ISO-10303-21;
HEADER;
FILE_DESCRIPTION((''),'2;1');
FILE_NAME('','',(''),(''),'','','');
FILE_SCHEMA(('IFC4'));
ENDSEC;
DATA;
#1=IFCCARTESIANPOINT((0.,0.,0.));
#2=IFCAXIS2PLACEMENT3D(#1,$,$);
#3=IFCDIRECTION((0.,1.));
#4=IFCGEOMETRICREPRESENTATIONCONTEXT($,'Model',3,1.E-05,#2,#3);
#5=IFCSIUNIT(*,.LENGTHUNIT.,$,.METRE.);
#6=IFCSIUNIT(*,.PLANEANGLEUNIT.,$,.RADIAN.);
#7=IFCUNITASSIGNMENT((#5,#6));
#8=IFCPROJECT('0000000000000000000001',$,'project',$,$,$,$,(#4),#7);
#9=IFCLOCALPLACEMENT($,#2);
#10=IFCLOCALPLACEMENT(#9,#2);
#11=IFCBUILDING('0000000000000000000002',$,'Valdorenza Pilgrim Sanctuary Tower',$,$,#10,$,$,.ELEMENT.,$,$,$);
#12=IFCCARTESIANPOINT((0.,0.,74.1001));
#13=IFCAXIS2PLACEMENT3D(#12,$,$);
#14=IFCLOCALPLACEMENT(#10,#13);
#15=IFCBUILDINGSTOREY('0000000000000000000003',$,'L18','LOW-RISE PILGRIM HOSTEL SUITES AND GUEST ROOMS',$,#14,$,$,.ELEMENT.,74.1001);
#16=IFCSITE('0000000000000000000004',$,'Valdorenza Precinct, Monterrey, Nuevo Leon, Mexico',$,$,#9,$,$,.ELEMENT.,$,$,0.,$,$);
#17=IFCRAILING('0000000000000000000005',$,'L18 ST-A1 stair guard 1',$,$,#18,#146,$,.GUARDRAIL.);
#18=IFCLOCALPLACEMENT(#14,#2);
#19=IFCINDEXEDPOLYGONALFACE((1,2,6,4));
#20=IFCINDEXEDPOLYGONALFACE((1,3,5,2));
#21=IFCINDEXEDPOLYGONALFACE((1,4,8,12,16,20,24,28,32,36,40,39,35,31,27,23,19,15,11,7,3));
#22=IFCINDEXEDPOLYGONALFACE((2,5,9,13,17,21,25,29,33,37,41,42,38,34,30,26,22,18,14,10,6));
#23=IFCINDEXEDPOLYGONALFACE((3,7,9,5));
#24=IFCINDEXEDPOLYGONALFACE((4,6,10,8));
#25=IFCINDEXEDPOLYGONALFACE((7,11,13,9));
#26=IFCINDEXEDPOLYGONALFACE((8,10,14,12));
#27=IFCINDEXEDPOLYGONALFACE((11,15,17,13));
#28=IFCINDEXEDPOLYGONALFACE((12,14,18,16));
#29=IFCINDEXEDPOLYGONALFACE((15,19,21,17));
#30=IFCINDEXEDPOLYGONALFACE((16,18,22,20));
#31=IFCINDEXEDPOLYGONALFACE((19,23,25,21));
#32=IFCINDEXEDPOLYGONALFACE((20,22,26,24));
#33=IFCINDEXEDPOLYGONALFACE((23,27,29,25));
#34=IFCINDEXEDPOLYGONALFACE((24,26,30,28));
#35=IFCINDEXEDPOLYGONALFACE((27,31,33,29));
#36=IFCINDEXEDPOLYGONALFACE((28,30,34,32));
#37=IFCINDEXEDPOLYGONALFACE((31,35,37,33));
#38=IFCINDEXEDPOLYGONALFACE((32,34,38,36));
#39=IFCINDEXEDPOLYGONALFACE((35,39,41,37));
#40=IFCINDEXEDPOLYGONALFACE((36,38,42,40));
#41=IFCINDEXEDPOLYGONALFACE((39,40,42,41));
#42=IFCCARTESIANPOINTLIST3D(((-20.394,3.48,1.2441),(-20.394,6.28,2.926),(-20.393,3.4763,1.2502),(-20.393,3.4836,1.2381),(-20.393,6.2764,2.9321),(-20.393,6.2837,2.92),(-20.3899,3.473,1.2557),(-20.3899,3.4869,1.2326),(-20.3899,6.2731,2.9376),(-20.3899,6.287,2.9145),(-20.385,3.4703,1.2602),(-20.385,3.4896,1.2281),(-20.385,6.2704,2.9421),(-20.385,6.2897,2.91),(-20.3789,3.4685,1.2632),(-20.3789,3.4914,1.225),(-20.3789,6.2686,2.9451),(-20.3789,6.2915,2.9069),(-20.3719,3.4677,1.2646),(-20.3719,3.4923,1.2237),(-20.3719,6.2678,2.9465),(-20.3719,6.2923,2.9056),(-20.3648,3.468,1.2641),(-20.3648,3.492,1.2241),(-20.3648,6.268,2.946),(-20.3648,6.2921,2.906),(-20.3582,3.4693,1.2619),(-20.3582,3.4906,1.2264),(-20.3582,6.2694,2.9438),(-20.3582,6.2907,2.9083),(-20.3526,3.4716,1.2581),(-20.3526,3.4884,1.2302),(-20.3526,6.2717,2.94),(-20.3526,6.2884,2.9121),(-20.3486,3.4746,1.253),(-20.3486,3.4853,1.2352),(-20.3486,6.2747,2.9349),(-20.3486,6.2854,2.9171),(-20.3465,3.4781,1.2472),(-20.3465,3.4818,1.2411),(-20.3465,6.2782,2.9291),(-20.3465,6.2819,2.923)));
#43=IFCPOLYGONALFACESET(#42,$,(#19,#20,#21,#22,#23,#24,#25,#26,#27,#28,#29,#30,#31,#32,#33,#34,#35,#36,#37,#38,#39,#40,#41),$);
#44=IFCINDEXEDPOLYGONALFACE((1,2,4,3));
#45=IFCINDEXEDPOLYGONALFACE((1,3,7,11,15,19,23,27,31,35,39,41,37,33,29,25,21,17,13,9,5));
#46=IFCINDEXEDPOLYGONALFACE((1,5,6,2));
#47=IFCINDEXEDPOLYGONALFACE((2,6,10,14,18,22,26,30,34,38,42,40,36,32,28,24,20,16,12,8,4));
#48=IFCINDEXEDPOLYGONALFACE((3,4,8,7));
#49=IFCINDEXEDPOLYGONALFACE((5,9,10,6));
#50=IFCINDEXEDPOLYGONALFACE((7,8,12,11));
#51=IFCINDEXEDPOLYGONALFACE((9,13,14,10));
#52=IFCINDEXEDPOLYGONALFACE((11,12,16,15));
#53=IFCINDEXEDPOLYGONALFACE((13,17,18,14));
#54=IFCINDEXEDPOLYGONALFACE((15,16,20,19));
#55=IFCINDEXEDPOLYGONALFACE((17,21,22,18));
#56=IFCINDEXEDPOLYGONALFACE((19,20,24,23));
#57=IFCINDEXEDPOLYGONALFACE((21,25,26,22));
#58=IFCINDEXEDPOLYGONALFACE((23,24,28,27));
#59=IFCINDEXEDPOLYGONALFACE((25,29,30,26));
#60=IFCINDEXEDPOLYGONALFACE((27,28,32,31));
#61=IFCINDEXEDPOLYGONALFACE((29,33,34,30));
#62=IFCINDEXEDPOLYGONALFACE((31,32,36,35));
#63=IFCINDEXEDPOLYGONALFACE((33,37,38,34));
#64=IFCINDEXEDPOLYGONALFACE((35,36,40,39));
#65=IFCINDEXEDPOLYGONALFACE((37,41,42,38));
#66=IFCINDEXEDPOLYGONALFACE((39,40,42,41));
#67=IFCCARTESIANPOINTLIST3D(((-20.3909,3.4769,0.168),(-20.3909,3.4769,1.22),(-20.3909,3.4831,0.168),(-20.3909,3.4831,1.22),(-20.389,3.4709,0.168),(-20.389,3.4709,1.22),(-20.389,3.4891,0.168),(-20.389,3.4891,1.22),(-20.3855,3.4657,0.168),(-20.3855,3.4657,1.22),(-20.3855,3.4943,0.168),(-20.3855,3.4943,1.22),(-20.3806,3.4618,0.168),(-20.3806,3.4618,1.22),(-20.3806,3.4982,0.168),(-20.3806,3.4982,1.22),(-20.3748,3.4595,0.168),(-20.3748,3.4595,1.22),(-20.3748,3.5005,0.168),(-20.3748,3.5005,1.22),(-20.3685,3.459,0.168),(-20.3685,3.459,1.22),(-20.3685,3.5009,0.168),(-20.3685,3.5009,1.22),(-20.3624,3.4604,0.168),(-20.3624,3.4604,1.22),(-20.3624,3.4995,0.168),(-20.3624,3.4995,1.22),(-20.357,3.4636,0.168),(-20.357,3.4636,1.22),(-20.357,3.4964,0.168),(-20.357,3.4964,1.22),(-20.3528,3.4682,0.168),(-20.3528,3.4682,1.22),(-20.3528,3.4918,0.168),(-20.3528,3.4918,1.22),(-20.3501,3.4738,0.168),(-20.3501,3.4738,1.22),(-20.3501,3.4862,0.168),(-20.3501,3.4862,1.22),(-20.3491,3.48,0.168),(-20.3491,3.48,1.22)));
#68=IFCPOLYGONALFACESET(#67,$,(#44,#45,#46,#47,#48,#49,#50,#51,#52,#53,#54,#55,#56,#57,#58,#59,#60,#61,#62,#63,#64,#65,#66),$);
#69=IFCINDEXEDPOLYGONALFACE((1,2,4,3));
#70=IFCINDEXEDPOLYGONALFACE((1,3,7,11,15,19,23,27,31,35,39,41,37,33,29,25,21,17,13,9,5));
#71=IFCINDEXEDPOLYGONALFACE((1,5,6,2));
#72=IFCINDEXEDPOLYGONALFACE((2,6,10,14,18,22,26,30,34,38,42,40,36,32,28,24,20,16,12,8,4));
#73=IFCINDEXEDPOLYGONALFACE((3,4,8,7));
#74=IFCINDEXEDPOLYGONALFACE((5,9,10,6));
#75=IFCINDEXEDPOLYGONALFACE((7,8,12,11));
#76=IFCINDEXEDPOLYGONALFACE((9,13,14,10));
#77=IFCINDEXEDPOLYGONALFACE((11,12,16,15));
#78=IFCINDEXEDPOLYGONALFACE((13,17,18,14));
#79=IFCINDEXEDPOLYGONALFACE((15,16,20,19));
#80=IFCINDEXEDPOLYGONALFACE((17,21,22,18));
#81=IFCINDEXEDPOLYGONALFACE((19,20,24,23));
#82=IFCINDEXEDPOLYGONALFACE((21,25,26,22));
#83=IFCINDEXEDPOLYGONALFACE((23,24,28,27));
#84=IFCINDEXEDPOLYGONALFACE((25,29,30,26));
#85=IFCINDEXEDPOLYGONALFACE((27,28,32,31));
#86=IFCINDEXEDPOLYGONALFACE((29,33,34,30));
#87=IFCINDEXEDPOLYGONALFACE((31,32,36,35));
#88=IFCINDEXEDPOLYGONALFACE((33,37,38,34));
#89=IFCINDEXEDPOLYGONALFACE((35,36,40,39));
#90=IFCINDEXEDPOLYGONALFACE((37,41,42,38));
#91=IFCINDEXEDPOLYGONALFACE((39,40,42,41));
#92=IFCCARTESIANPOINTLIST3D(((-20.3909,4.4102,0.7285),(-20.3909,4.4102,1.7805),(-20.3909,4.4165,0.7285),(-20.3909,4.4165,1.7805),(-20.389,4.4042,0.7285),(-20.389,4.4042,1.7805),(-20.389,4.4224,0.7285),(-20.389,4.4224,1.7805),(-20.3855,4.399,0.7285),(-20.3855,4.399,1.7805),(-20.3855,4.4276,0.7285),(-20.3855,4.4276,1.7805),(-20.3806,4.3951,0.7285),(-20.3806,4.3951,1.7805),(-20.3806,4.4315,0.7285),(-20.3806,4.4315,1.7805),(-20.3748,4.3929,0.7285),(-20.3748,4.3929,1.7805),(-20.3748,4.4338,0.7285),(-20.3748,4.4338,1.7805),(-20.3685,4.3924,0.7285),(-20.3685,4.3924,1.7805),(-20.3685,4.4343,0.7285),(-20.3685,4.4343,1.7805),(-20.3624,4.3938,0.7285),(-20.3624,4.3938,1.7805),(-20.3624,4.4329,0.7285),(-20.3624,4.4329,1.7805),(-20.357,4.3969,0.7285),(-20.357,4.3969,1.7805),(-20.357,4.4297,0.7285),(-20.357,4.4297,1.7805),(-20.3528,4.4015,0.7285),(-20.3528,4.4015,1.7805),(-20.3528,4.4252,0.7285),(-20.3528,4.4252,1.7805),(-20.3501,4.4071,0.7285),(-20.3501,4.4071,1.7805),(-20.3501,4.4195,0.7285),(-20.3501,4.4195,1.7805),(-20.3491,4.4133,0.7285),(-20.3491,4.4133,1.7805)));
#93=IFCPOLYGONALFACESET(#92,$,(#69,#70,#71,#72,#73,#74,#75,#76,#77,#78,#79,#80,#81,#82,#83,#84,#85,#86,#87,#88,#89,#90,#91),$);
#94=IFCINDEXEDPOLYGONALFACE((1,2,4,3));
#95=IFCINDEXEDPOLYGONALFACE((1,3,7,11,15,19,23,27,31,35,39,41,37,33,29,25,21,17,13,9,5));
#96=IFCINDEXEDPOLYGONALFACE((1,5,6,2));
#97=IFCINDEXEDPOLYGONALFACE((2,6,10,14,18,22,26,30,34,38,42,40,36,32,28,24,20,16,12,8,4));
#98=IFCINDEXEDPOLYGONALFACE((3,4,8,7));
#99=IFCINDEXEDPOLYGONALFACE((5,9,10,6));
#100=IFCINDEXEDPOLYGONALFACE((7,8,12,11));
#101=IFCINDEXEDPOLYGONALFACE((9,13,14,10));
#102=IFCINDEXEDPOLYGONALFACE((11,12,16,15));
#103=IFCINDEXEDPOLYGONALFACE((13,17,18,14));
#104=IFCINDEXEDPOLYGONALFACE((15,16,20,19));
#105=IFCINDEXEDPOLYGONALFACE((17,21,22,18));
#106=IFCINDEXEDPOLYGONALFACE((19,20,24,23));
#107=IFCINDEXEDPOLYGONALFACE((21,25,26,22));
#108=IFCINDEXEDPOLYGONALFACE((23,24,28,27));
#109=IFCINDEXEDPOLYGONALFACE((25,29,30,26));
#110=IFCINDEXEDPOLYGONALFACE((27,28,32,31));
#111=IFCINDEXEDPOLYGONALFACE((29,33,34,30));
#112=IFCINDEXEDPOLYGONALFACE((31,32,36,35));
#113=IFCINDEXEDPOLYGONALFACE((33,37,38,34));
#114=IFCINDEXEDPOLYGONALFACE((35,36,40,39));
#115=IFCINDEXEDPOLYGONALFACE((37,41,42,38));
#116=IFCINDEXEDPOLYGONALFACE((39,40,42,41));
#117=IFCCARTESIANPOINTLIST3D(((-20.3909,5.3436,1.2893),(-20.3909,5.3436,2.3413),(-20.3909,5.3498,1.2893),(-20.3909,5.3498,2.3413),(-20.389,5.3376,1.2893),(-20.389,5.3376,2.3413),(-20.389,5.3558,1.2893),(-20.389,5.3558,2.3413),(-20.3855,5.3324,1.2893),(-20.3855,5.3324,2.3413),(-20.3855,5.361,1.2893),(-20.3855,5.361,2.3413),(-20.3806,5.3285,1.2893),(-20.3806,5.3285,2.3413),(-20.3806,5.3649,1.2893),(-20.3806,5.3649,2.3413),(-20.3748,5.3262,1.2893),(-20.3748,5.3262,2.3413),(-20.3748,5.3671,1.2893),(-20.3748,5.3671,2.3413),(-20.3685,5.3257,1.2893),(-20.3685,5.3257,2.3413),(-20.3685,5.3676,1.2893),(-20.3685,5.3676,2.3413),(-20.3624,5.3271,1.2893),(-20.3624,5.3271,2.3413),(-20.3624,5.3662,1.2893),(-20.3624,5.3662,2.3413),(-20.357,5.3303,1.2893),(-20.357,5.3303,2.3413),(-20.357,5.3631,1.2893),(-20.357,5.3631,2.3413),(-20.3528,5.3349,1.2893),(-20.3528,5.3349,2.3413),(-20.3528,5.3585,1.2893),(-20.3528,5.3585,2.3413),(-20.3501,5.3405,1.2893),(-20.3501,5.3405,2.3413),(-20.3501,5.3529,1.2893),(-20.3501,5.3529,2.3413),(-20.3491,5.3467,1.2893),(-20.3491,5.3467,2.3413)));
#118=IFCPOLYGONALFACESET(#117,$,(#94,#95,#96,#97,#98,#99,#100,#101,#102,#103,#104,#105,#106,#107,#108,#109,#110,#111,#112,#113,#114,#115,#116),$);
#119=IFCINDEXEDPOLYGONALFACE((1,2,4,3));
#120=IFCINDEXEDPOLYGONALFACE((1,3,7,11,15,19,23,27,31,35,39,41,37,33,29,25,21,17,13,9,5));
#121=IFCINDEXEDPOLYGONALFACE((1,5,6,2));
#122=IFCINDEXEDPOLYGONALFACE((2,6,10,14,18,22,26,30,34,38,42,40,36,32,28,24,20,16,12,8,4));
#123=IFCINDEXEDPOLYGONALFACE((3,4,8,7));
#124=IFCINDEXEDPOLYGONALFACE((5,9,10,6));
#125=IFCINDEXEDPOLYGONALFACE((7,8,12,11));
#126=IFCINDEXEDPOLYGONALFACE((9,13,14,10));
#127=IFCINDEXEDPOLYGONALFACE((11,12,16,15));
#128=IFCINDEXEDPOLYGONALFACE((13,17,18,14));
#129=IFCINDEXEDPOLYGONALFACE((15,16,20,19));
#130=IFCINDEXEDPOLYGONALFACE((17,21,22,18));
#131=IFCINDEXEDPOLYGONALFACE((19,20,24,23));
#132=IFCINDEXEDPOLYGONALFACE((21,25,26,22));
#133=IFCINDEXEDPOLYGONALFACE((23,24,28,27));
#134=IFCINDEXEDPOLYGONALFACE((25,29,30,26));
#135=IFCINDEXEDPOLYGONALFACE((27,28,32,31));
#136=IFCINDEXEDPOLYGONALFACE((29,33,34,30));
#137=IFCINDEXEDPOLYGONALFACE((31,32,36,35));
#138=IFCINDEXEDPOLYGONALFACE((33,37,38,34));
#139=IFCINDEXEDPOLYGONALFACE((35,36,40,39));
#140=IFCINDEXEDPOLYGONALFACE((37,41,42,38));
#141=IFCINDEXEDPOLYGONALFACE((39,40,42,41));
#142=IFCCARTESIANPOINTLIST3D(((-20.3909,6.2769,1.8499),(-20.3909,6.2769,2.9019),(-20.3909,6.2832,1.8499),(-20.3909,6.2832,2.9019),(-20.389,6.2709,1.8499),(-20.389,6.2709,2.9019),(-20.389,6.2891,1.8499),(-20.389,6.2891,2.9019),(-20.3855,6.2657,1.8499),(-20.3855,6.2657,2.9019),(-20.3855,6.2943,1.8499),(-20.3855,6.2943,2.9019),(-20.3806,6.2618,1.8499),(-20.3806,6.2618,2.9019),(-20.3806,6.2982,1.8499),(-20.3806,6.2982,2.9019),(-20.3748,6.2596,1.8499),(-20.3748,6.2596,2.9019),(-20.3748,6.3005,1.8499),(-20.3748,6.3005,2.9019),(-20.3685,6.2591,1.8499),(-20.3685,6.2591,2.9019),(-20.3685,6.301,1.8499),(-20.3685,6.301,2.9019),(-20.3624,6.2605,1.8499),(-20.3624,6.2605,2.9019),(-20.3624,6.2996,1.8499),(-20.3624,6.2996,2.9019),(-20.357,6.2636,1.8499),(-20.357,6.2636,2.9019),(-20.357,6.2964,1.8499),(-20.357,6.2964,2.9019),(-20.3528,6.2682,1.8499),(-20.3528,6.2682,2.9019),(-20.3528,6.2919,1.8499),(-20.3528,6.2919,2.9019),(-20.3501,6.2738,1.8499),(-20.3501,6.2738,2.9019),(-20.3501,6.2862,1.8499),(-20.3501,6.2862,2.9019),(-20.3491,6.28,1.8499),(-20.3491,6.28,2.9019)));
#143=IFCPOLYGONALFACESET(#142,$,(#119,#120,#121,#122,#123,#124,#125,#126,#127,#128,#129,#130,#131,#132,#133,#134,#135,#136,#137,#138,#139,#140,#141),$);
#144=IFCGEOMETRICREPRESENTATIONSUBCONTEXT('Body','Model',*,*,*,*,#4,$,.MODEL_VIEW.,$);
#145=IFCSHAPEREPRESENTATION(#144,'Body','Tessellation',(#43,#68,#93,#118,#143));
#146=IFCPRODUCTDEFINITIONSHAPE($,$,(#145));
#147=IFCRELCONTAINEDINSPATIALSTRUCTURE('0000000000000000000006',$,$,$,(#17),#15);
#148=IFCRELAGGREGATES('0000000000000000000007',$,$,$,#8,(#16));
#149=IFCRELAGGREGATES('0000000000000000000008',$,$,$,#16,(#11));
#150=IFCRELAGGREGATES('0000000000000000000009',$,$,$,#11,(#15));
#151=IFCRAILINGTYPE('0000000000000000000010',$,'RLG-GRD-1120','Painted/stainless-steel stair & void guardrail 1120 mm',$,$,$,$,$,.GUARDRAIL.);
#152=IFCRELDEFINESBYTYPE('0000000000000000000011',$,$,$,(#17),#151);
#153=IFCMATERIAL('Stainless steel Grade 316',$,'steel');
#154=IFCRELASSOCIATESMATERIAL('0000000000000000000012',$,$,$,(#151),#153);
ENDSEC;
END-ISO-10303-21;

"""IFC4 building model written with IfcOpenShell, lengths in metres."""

from ifc_helpers import new_model, si_unit, direction, frame, origin, origin_2d, place, context, subcontext, project, spatial, circle, extrude, material, type_object, element, save


model = new_model("IFC4")

# Units and contexts
model_context = context("Model", 3, precision=1e-05, world=origin(), true_north=direction((0.0, 1.0)))
body_context = subcontext(model_context, "Body", "Model", "MODEL_VIEW")
ifc_project = project(units=[si_unit("LENGTHUNIT", "METRE"), si_unit("PLANEANGLEUNIT", "RADIAN")], contexts=[model_context])

# Site, building, storey
site_placement = place(None, origin())
site = spatial("IfcSite", under=ifc_project, at=site_placement, Name="Valdorenza Precinct, Monterrey, Nuevo Leon, Mexico", CompositionType="ELEMENT", RefElevation=0.0)
building_placement = place(site_placement, origin())
building = spatial("IfcBuilding", under=site, at=building_placement, Name="Valdorenza Pilgrim Sanctuary Tower", CompositionType="ELEMENT")
storey_placement = place(building_placement, frame((0.0, 0.0, 74.1001)))
storey = spatial("IfcBuildingStorey", under=building, at=storey_placement, Name="L18", Description="LOW-RISE PILGRIM HOSTEL SUITES AND GUEST ROOMS", CompositionType="ELEMENT", Elevation=74.1001)

# Railing
ifc_material_1 = material(Name="Stainless steel Grade 316", Category="steel")
railing_type_1 = type_object("IfcRailingType", Name="RLG-GRD-1120", Description="Painted/stainless-steel stair & void guardrail 1120 mm", PredefinedType="GUARDRAIL", material=ifc_material_1)
railing_1_placement = place(storey_placement, frame((-20.3701, 3.48, 0.168)))
element("IfcRailing", 1, at=railing_1_placement, inside=storey, type_object=railing_type_1, Name="L18 ST-A1 stair guard 1", PredefinedType="GUARDRAIL", context=body_context, shape_type="SweptSolid", body=[
    extrude(circle(Radius=0.0239, at=origin_2d()), frame((0.0, 0.0, 1.0762), z_axis=(0.0, 0.857242, 0.514913), x_axis=(-1.0, 0.0, 0.0)), (0.0, 0.0, 1.0), 3.2664),
    extrude(circle(Radius=0.021, at=origin_2d()), origin(), (0.0, 0.0, 1.0), 1.052),
    extrude(circle(Radius=0.021, at=origin_2d()), frame((0.0, 0.9333, 0.5605)), (0.0, 0.0, 1.0), 1.052),
    extrude(circle(Radius=0.021, at=origin_2d()), frame((0.0, 1.8667, 1.1213)), (0.0, 0.0, 1.0), 1.052),
    extrude(circle(Radius=0.021, at=origin_2d()), frame((0.0, 2.8, 1.6819)), (0.0, 0.0, 1.0), 1.052),
])

save(model, "model.ifc")
